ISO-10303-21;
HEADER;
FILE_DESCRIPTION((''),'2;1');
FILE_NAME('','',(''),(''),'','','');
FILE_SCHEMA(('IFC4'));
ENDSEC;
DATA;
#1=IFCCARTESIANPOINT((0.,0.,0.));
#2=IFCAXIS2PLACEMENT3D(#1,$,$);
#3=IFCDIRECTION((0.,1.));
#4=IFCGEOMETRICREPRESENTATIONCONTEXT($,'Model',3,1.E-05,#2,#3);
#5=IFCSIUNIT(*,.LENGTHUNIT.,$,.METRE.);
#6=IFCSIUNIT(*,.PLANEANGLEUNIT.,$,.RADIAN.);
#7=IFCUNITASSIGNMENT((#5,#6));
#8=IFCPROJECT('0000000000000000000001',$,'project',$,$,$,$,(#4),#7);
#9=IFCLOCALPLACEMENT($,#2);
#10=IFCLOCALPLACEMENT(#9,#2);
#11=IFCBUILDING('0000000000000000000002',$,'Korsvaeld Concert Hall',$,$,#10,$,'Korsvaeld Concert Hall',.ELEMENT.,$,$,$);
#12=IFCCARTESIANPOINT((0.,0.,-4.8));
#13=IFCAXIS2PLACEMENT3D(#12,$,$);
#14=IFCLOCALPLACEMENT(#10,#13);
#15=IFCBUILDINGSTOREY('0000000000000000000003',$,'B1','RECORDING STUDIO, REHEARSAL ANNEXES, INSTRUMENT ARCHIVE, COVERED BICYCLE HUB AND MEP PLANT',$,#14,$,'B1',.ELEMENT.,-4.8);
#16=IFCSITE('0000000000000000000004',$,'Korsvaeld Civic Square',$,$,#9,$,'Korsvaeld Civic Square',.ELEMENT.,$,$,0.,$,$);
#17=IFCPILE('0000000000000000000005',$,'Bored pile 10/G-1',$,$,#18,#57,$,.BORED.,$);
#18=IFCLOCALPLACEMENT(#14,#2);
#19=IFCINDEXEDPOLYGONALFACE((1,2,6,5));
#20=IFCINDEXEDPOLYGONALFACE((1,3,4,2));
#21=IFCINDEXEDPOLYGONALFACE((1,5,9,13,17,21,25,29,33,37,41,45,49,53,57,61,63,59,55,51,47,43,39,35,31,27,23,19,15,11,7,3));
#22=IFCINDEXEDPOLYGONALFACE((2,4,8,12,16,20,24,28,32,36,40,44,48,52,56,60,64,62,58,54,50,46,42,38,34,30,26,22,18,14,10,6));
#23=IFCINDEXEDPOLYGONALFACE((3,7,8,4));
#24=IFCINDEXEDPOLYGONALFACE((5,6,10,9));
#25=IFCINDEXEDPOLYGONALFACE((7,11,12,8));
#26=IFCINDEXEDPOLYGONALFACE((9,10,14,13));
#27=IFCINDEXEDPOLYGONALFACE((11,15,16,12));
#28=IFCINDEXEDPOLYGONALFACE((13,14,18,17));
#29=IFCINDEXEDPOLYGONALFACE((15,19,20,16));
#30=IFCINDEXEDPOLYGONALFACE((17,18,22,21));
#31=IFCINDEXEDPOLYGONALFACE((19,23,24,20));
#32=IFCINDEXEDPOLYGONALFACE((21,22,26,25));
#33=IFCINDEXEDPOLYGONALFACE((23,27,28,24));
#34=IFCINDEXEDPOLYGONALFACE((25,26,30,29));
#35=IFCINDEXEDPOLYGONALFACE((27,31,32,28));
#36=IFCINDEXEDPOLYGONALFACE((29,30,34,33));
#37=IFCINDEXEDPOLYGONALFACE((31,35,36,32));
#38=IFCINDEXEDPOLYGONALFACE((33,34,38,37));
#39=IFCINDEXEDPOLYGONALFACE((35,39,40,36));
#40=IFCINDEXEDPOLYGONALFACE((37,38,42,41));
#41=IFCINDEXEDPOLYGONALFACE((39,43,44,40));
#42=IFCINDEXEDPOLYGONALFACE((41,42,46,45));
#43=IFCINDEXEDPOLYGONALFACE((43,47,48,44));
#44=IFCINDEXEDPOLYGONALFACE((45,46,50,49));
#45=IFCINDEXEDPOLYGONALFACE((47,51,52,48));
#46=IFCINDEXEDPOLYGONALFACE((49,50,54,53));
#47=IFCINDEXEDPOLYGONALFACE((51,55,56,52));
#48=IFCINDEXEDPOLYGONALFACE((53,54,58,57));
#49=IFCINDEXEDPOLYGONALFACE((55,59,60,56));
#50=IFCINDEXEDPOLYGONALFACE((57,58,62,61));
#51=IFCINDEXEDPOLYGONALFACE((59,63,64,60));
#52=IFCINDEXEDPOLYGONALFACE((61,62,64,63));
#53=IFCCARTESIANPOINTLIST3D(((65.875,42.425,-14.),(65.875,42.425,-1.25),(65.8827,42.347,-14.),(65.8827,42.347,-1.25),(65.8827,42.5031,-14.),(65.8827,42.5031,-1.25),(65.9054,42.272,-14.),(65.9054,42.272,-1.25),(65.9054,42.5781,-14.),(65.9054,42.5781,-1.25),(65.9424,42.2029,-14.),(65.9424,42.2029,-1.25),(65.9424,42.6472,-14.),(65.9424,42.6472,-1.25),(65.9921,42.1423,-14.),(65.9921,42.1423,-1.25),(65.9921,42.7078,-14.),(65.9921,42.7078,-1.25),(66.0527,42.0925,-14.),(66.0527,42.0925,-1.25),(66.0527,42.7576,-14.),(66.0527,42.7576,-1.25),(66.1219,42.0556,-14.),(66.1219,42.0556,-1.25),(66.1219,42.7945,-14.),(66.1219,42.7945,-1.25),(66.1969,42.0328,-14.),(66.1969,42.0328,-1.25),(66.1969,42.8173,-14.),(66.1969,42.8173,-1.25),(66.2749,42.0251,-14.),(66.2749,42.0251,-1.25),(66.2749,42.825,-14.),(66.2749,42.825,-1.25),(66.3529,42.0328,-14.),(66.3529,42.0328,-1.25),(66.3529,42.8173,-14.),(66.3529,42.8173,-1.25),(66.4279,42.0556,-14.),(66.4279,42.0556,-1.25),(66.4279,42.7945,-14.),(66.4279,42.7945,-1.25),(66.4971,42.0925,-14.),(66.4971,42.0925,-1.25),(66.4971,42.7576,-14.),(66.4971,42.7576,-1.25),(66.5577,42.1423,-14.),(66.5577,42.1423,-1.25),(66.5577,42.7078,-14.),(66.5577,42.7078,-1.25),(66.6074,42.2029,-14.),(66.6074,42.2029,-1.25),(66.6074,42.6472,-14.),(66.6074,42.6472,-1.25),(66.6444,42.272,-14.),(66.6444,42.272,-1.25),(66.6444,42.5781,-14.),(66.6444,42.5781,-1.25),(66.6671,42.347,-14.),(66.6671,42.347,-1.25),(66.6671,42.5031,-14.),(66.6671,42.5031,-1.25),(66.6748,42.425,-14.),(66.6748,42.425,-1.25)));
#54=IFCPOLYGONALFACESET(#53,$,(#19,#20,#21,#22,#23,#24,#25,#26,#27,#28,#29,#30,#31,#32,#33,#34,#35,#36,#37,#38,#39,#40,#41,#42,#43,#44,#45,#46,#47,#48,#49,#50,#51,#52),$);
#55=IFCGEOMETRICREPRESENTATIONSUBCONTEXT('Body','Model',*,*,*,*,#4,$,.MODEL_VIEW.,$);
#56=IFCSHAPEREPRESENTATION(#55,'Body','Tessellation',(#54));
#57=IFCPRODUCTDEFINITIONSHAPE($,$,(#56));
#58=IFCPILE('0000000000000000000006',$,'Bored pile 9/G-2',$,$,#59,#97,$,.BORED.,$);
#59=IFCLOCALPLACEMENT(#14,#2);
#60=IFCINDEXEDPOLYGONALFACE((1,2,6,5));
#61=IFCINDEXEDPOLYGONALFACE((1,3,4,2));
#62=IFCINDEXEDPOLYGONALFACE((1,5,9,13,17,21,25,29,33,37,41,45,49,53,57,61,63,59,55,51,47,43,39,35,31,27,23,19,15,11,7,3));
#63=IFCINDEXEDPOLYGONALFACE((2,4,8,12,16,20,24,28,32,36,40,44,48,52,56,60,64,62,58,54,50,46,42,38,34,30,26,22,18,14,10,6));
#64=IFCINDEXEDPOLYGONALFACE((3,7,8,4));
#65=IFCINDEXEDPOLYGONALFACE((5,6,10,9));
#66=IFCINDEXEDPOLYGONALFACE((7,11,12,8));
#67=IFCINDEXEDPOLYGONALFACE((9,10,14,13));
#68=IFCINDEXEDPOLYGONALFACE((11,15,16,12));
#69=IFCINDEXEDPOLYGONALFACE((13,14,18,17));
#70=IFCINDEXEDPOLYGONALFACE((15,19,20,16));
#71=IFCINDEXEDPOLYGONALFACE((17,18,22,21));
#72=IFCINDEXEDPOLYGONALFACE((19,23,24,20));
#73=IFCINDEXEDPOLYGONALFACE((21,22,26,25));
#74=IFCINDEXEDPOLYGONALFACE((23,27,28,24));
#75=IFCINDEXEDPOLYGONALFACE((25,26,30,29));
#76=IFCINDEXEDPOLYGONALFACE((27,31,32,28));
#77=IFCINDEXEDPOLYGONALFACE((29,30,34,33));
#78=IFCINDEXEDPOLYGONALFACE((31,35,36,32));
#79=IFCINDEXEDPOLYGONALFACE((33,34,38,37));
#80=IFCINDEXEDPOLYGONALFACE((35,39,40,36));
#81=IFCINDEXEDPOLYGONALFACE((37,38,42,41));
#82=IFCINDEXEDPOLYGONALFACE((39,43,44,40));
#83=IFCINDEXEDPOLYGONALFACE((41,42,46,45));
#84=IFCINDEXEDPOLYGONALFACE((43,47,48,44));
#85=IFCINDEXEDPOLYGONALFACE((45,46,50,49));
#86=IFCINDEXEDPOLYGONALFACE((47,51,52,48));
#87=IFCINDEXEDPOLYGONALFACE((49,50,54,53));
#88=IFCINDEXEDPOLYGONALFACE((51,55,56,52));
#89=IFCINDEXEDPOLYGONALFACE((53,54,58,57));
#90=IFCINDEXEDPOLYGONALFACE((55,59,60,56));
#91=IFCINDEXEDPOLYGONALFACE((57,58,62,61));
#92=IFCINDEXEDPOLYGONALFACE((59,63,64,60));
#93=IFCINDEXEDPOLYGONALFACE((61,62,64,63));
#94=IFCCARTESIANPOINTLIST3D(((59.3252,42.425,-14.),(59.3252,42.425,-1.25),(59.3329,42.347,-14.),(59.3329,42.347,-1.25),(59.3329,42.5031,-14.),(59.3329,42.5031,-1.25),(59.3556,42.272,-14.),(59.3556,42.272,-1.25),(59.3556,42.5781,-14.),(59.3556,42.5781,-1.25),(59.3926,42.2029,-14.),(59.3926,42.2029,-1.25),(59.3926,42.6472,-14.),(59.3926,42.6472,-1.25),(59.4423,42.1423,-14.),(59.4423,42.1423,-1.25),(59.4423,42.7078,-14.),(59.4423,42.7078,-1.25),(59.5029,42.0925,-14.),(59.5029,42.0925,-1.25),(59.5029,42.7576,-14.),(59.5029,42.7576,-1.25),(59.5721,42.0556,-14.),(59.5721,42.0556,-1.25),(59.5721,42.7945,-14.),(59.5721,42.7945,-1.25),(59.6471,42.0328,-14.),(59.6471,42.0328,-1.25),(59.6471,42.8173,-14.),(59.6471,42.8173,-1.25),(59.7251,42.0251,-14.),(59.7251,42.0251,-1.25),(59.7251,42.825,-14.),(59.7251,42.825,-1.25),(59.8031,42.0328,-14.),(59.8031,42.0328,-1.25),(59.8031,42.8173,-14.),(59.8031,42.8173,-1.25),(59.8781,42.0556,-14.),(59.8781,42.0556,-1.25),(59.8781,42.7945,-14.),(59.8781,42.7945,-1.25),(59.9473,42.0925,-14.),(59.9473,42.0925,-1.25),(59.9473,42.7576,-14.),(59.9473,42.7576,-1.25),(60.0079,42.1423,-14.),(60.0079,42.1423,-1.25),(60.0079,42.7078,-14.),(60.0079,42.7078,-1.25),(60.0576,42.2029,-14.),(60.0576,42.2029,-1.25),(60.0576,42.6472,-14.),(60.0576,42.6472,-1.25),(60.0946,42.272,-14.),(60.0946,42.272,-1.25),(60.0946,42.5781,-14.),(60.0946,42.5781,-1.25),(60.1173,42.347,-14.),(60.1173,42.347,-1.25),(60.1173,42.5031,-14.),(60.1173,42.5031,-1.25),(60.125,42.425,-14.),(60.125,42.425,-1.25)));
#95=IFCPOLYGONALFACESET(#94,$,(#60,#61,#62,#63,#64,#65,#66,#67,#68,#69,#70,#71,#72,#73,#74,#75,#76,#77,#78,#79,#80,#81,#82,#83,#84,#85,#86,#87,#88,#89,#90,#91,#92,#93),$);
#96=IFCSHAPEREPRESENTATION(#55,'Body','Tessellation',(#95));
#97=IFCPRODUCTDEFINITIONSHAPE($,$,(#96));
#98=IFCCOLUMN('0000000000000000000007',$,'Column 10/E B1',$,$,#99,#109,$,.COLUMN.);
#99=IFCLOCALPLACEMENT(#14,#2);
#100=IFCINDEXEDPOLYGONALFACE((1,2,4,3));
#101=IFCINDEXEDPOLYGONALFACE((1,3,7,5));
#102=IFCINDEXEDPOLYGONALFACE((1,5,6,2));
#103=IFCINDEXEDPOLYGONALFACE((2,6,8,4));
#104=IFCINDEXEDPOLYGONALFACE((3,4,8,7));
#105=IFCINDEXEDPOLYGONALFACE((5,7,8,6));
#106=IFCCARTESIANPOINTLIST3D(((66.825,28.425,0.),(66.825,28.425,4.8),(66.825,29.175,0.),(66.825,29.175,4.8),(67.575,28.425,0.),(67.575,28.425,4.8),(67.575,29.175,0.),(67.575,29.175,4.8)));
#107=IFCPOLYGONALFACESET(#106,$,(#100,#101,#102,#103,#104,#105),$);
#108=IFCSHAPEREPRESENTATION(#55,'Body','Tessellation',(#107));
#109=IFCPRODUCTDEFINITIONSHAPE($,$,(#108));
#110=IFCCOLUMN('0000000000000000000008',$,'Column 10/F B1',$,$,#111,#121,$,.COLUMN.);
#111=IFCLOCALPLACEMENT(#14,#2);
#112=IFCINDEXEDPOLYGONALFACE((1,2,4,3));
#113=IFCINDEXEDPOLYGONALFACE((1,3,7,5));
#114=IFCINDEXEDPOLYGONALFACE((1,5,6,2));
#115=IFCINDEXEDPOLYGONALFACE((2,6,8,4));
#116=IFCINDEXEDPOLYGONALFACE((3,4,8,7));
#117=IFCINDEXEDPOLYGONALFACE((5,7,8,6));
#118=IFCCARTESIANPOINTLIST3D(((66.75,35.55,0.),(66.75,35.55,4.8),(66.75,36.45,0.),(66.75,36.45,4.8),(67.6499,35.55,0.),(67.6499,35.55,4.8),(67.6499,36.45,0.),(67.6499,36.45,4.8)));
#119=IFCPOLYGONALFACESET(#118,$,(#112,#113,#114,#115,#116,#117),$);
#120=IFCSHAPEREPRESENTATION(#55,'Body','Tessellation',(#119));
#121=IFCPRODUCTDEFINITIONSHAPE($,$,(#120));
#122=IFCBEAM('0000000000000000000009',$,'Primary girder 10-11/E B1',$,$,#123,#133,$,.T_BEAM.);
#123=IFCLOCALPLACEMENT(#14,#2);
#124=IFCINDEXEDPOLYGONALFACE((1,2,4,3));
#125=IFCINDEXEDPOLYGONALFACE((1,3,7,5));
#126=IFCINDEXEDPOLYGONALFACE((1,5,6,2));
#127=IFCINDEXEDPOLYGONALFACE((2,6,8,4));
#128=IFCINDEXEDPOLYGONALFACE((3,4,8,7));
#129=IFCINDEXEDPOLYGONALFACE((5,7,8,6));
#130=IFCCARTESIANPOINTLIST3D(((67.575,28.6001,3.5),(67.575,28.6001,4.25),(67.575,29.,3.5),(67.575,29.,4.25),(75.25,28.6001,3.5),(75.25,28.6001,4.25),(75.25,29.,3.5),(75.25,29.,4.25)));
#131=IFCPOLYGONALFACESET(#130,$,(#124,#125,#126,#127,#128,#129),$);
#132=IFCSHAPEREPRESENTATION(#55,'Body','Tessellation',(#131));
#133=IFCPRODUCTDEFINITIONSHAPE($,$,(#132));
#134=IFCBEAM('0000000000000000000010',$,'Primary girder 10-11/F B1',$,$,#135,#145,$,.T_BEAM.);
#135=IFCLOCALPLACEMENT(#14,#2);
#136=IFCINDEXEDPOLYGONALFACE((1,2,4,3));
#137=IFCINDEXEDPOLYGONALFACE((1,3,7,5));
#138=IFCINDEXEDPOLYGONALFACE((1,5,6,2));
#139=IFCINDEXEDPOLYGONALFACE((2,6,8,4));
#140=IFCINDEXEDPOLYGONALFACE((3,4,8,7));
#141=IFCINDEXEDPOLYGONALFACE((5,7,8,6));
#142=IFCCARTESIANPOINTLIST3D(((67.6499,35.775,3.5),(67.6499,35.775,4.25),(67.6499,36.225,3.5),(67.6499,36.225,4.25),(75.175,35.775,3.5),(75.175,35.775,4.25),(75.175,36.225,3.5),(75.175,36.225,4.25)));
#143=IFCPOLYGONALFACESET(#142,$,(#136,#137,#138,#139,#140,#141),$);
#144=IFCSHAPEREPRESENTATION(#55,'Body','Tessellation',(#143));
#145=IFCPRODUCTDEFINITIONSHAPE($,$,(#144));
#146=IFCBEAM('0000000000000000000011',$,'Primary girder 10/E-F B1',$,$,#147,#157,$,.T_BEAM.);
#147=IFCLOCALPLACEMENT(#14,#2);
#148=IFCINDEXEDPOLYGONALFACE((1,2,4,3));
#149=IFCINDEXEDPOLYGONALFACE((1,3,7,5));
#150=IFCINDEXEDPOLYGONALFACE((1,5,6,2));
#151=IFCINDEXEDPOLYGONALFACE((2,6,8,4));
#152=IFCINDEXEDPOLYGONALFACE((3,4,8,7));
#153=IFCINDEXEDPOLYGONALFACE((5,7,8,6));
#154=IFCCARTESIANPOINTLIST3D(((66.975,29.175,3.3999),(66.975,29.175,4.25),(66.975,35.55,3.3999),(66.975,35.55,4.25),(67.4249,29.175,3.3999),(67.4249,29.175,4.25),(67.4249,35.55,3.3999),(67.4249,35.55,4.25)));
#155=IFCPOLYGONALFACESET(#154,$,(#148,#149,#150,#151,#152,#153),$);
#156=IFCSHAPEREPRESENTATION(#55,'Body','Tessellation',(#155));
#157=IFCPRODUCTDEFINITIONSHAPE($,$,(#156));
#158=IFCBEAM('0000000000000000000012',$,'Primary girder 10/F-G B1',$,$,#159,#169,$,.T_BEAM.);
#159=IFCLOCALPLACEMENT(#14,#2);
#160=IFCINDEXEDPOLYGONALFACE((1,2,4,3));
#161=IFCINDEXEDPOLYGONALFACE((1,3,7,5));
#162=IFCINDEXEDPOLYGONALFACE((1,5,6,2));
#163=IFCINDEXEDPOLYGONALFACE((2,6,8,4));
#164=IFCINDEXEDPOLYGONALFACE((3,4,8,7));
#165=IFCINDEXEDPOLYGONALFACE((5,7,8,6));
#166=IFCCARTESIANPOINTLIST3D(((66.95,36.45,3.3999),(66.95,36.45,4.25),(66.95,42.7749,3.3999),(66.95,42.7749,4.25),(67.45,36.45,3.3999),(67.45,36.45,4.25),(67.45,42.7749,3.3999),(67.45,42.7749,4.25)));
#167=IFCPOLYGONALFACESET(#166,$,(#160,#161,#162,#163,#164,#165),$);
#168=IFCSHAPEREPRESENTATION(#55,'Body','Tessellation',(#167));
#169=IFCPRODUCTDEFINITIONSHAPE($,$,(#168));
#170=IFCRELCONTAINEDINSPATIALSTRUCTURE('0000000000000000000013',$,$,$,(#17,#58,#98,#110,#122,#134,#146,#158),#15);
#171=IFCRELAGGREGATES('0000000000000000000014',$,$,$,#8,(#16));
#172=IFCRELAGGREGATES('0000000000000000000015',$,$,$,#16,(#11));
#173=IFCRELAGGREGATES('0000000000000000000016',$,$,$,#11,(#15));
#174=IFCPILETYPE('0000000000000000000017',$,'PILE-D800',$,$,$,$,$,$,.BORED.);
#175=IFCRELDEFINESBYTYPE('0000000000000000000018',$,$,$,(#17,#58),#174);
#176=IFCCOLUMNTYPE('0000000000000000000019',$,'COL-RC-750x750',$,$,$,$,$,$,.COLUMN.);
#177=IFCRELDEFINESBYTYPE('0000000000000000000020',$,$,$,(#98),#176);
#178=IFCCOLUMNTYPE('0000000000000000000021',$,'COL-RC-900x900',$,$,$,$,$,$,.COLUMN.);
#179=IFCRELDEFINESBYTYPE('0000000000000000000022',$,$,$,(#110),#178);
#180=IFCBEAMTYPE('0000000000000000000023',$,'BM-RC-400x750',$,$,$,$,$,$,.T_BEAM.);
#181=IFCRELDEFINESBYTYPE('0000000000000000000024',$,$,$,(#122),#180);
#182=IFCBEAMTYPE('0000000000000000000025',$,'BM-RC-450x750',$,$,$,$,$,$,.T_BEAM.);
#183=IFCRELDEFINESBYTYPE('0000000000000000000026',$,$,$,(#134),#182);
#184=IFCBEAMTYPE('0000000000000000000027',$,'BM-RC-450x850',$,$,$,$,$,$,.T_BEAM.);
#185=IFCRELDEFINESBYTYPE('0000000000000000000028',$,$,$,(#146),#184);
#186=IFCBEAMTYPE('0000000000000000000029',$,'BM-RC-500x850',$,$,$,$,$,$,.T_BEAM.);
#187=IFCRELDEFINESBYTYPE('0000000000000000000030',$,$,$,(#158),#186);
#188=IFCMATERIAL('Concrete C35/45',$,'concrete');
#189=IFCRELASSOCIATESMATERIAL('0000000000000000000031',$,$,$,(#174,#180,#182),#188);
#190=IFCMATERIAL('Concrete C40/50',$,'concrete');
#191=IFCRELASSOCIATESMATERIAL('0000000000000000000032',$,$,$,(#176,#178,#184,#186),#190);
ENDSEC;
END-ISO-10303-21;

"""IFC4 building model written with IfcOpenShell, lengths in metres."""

from ifc_helpers import new_model, si_unit, direction, frame, origin, origin_2d, place, context, subcontext, project, spatial, rectangle, circle, extrude, material, material_profile, profile_set, type_object, element, save


model = new_model("IFC4")

# Units and contexts
model_context = context("Model", 3, precision=1e-05, world=origin(), true_north=direction((0.0, 1.0)))
body_context = subcontext(model_context, "Body", "Model", "MODEL_VIEW")
ifc_project = project(units=[si_unit("LENGTHUNIT", "METRE"), si_unit("PLANEANGLEUNIT", "RADIAN")], contexts=[model_context])

# Site, building, storey
site_placement = place(None, origin())
site = spatial("IfcSite", under=ifc_project, at=site_placement, Name="Korsvaeld Civic Square", LongName="Korsvaeld Civic Square", CompositionType="ELEMENT", RefElevation=0.0)
building_placement = place(site_placement, origin())
building = spatial("IfcBuilding", under=site, at=building_placement, Name="Korsvaeld Concert Hall", LongName="Korsvaeld Concert Hall", CompositionType="ELEMENT")
storey_placement = place(building_placement, frame((0.0, 0.0, -4.8)))
storey = spatial("IfcBuildingStorey", under=building, at=storey_placement, Name="B1", Description="RECORDING STUDIO, REHEARSAL ANNEXES, INSTRUMENT ARCHIVE, COVERED BICYCLE HUB AND MEP PLANT", LongName="B1", CompositionType="ELEMENT", Elevation=-4.8)

# Shared definitions
ifc_material_1 = material(Name="Concrete C35/45", Category="concrete")

# Piles
ifc_material_profile_1 = material_profile(ifc_material_1, circle(Radius=0.3999, at=origin_2d()), Name="BORED PILE D800")
ifc_profile_set_1 = profile_set([ifc_material_profile_1], Name="Concrete C35/45")
pile_type_1 = type_object("IfcPileType", Name="PILE-D800", PredefinedType="BORED", material=ifc_profile_set_1)
for number, where, z_axis, x_axis, name in (
    (1, (66.2749, 42.425, -1.25), (0.0, 0.0, -1.0), (1.0, 0.0, 0.0), "Bored pile 10/G-1"),
    (2, (59.7251, 42.425, -1.25), (0.0, 0.0, -1.0), (1.0, 0.0, 0.0), "Bored pile 9/G-2"),
):
    element("IfcPile", number, at=place(storey_placement, frame(where, z_axis=z_axis, x_axis=x_axis)), inside=storey, type_object=pile_type_1, Name=name, PredefinedType="BORED", context=body_context, shape_type="SweptSolid", body=[
        extrude(circle(Radius=0.3999, at=origin_2d()), origin(), (0.0, 0.0, 1.0), 12.75),
    ])

# Columns
ifc_material_2 = material(Name="Concrete C40/50", Category="concrete")
ifc_material_profile_2 = material_profile(ifc_material_2, rectangle(XDim=0.75, YDim=0.75, at=origin_2d()), Name="RC 750x750")
ifc_profile_set_2 = profile_set([ifc_material_profile_2], Name="Concrete C40/50")
column_type_1 = type_object("IfcColumnType", Name="COL-RC-750x750", PredefinedType="COLUMN", material=ifc_profile_set_2)
column_1_placement = place(storey_placement, frame((67.2, 28.8, 0.0), z_axis=(0.0, 0.0, 1.0), x_axis=(1.0, 0.0, 0.0)))
element("IfcColumn", 3, at=column_1_placement, inside=storey, type_object=column_type_1, Name="Column 10/E B1", PredefinedType="COLUMN", context=body_context, shape_type="SweptSolid", body=[
    extrude(rectangle(XDim=0.75, YDim=0.75, at=origin_2d()), origin(), (0.0, 0.0, 1.0), 4.8),
])
ifc_material_profile_3 = material_profile(ifc_material_2, rectangle(XDim=0.8999, YDim=0.8999, at=origin_2d()), Name="RC 900x900")
ifc_profile_set_3 = profile_set([ifc_material_profile_3], Name="Concrete C40/50")
column_type_2 = type_object("IfcColumnType", Name="COL-RC-900x900", PredefinedType="COLUMN", material=ifc_profile_set_3)
column_2_placement = place(storey_placement, frame((67.2, 36.0, 0.0), z_axis=(0.0, 0.0, 1.0), x_axis=(1.0, 0.0, 0.0)))
element("IfcColumn", 4, at=column_2_placement, inside=storey, type_object=column_type_2, Name="Column 10/F B1", PredefinedType="COLUMN", context=body_context, shape_type="SweptSolid", body=[
    extrude(rectangle(XDim=0.8999, YDim=0.8999, at=origin_2d()), origin(), (0.0, 0.0, 1.0), 4.8),
])

# Beams
ifc_material_profile_4 = material_profile(ifc_material_1, rectangle(XDim=0.3999, YDim=0.75, at=origin_2d()), Name="RC 400x750")
ifc_profile_set_4 = profile_set([ifc_material_profile_4], Name="Concrete C35/45")
beam_type_1 = type_object("IfcBeamType", Name="BM-RC-400x750", PredefinedType="T_BEAM", material=ifc_profile_set_4)
beam_1_placement = place(storey_placement, frame((67.575, 28.8, 3.875), z_axis=(1.0, 0.0, 0.0), x_axis=(0.0, 1.0, 0.0)))
element("IfcBeam", 5, at=beam_1_placement, inside=storey, type_object=beam_type_1, Name="Primary girder 10-11/E B1", PredefinedType="T_BEAM", context=body_context, shape_type="SweptSolid", body=[
    extrude(rectangle(XDim=0.3999, YDim=0.75, at=origin_2d()), origin(), (0.0, 0.0, 1.0), 7.675),
])
ifc_material_profile_5 = material_profile(ifc_material_1, rectangle(XDim=0.45, YDim=0.75, at=origin_2d()), Name="RC 450x750")
ifc_profile_set_5 = profile_set([ifc_material_profile_5], Name="Concrete C35/45")
beam_type_2 = type_object("IfcBeamType", Name="BM-RC-450x750", PredefinedType="T_BEAM", material=ifc_profile_set_5)
beam_2_placement = place(storey_placement, frame((67.6499, 36.0, 3.875), z_axis=(1.0, 0.0, 0.0), x_axis=(0.0, 1.0, 0.0)))
element("IfcBeam", 6, at=beam_2_placement, inside=storey, type_object=beam_type_2, Name="Primary girder 10-11/F B1", PredefinedType="T_BEAM", context=body_context, shape_type="SweptSolid", body=[
    extrude(rectangle(XDim=0.45, YDim=0.75, at=origin_2d()), origin(), (0.0, 0.0, 1.0), 7.5251),
])
ifc_material_profile_6 = material_profile(ifc_material_2, rectangle(XDim=0.45, YDim=0.8501, at=origin_2d()), Name="RC 450x850")
ifc_profile_set_6 = profile_set([ifc_material_profile_6], Name="Concrete C40/50")
beam_type_3 = type_object("IfcBeamType", Name="BM-RC-450x850", PredefinedType="T_BEAM", material=ifc_profile_set_6)
beam_3_placement = place(storey_placement, frame((67.2, 29.175, 3.825), z_axis=(0.0, 1.0, 0.0), x_axis=(-1.0, 0.0, 0.0)))
element("IfcBeam", 7, at=beam_3_placement, inside=storey, type_object=beam_type_3, Name="Primary girder 10/E-F B1", PredefinedType="T_BEAM", context=body_context, shape_type="SweptSolid", body=[
    extrude(rectangle(XDim=0.45, YDim=0.8501, at=origin_2d()), origin(), (0.0, 0.0, 1.0), 6.375),
])
ifc_material_profile_7 = material_profile(ifc_material_2, rectangle(XDim=0.5, YDim=0.8501, at=origin_2d()), Name="RC 500x850")
ifc_profile_set_7 = profile_set([ifc_material_profile_7], Name="Concrete C40/50")
beam_type_4 = type_object("IfcBeamType", Name="BM-RC-500x850", PredefinedType="T_BEAM", material=ifc_profile_set_7)
beam_4_placement = place(storey_placement, frame((67.2, 36.45, 3.825), z_axis=(0.0, 1.0, 0.0), x_axis=(-1.0, 0.0, 0.0)))
element("IfcBeam", 8, at=beam_4_placement, inside=storey, type_object=beam_type_4, Name="Primary girder 10/F-G B1", PredefinedType="T_BEAM", context=body_context, shape_type="SweptSolid", body=[
    extrude(rectangle(XDim=0.5, YDim=0.8501, at=origin_2d()), origin(), (0.0, 0.0, 1.0), 6.325),
])

save(model, "model.ifc")
